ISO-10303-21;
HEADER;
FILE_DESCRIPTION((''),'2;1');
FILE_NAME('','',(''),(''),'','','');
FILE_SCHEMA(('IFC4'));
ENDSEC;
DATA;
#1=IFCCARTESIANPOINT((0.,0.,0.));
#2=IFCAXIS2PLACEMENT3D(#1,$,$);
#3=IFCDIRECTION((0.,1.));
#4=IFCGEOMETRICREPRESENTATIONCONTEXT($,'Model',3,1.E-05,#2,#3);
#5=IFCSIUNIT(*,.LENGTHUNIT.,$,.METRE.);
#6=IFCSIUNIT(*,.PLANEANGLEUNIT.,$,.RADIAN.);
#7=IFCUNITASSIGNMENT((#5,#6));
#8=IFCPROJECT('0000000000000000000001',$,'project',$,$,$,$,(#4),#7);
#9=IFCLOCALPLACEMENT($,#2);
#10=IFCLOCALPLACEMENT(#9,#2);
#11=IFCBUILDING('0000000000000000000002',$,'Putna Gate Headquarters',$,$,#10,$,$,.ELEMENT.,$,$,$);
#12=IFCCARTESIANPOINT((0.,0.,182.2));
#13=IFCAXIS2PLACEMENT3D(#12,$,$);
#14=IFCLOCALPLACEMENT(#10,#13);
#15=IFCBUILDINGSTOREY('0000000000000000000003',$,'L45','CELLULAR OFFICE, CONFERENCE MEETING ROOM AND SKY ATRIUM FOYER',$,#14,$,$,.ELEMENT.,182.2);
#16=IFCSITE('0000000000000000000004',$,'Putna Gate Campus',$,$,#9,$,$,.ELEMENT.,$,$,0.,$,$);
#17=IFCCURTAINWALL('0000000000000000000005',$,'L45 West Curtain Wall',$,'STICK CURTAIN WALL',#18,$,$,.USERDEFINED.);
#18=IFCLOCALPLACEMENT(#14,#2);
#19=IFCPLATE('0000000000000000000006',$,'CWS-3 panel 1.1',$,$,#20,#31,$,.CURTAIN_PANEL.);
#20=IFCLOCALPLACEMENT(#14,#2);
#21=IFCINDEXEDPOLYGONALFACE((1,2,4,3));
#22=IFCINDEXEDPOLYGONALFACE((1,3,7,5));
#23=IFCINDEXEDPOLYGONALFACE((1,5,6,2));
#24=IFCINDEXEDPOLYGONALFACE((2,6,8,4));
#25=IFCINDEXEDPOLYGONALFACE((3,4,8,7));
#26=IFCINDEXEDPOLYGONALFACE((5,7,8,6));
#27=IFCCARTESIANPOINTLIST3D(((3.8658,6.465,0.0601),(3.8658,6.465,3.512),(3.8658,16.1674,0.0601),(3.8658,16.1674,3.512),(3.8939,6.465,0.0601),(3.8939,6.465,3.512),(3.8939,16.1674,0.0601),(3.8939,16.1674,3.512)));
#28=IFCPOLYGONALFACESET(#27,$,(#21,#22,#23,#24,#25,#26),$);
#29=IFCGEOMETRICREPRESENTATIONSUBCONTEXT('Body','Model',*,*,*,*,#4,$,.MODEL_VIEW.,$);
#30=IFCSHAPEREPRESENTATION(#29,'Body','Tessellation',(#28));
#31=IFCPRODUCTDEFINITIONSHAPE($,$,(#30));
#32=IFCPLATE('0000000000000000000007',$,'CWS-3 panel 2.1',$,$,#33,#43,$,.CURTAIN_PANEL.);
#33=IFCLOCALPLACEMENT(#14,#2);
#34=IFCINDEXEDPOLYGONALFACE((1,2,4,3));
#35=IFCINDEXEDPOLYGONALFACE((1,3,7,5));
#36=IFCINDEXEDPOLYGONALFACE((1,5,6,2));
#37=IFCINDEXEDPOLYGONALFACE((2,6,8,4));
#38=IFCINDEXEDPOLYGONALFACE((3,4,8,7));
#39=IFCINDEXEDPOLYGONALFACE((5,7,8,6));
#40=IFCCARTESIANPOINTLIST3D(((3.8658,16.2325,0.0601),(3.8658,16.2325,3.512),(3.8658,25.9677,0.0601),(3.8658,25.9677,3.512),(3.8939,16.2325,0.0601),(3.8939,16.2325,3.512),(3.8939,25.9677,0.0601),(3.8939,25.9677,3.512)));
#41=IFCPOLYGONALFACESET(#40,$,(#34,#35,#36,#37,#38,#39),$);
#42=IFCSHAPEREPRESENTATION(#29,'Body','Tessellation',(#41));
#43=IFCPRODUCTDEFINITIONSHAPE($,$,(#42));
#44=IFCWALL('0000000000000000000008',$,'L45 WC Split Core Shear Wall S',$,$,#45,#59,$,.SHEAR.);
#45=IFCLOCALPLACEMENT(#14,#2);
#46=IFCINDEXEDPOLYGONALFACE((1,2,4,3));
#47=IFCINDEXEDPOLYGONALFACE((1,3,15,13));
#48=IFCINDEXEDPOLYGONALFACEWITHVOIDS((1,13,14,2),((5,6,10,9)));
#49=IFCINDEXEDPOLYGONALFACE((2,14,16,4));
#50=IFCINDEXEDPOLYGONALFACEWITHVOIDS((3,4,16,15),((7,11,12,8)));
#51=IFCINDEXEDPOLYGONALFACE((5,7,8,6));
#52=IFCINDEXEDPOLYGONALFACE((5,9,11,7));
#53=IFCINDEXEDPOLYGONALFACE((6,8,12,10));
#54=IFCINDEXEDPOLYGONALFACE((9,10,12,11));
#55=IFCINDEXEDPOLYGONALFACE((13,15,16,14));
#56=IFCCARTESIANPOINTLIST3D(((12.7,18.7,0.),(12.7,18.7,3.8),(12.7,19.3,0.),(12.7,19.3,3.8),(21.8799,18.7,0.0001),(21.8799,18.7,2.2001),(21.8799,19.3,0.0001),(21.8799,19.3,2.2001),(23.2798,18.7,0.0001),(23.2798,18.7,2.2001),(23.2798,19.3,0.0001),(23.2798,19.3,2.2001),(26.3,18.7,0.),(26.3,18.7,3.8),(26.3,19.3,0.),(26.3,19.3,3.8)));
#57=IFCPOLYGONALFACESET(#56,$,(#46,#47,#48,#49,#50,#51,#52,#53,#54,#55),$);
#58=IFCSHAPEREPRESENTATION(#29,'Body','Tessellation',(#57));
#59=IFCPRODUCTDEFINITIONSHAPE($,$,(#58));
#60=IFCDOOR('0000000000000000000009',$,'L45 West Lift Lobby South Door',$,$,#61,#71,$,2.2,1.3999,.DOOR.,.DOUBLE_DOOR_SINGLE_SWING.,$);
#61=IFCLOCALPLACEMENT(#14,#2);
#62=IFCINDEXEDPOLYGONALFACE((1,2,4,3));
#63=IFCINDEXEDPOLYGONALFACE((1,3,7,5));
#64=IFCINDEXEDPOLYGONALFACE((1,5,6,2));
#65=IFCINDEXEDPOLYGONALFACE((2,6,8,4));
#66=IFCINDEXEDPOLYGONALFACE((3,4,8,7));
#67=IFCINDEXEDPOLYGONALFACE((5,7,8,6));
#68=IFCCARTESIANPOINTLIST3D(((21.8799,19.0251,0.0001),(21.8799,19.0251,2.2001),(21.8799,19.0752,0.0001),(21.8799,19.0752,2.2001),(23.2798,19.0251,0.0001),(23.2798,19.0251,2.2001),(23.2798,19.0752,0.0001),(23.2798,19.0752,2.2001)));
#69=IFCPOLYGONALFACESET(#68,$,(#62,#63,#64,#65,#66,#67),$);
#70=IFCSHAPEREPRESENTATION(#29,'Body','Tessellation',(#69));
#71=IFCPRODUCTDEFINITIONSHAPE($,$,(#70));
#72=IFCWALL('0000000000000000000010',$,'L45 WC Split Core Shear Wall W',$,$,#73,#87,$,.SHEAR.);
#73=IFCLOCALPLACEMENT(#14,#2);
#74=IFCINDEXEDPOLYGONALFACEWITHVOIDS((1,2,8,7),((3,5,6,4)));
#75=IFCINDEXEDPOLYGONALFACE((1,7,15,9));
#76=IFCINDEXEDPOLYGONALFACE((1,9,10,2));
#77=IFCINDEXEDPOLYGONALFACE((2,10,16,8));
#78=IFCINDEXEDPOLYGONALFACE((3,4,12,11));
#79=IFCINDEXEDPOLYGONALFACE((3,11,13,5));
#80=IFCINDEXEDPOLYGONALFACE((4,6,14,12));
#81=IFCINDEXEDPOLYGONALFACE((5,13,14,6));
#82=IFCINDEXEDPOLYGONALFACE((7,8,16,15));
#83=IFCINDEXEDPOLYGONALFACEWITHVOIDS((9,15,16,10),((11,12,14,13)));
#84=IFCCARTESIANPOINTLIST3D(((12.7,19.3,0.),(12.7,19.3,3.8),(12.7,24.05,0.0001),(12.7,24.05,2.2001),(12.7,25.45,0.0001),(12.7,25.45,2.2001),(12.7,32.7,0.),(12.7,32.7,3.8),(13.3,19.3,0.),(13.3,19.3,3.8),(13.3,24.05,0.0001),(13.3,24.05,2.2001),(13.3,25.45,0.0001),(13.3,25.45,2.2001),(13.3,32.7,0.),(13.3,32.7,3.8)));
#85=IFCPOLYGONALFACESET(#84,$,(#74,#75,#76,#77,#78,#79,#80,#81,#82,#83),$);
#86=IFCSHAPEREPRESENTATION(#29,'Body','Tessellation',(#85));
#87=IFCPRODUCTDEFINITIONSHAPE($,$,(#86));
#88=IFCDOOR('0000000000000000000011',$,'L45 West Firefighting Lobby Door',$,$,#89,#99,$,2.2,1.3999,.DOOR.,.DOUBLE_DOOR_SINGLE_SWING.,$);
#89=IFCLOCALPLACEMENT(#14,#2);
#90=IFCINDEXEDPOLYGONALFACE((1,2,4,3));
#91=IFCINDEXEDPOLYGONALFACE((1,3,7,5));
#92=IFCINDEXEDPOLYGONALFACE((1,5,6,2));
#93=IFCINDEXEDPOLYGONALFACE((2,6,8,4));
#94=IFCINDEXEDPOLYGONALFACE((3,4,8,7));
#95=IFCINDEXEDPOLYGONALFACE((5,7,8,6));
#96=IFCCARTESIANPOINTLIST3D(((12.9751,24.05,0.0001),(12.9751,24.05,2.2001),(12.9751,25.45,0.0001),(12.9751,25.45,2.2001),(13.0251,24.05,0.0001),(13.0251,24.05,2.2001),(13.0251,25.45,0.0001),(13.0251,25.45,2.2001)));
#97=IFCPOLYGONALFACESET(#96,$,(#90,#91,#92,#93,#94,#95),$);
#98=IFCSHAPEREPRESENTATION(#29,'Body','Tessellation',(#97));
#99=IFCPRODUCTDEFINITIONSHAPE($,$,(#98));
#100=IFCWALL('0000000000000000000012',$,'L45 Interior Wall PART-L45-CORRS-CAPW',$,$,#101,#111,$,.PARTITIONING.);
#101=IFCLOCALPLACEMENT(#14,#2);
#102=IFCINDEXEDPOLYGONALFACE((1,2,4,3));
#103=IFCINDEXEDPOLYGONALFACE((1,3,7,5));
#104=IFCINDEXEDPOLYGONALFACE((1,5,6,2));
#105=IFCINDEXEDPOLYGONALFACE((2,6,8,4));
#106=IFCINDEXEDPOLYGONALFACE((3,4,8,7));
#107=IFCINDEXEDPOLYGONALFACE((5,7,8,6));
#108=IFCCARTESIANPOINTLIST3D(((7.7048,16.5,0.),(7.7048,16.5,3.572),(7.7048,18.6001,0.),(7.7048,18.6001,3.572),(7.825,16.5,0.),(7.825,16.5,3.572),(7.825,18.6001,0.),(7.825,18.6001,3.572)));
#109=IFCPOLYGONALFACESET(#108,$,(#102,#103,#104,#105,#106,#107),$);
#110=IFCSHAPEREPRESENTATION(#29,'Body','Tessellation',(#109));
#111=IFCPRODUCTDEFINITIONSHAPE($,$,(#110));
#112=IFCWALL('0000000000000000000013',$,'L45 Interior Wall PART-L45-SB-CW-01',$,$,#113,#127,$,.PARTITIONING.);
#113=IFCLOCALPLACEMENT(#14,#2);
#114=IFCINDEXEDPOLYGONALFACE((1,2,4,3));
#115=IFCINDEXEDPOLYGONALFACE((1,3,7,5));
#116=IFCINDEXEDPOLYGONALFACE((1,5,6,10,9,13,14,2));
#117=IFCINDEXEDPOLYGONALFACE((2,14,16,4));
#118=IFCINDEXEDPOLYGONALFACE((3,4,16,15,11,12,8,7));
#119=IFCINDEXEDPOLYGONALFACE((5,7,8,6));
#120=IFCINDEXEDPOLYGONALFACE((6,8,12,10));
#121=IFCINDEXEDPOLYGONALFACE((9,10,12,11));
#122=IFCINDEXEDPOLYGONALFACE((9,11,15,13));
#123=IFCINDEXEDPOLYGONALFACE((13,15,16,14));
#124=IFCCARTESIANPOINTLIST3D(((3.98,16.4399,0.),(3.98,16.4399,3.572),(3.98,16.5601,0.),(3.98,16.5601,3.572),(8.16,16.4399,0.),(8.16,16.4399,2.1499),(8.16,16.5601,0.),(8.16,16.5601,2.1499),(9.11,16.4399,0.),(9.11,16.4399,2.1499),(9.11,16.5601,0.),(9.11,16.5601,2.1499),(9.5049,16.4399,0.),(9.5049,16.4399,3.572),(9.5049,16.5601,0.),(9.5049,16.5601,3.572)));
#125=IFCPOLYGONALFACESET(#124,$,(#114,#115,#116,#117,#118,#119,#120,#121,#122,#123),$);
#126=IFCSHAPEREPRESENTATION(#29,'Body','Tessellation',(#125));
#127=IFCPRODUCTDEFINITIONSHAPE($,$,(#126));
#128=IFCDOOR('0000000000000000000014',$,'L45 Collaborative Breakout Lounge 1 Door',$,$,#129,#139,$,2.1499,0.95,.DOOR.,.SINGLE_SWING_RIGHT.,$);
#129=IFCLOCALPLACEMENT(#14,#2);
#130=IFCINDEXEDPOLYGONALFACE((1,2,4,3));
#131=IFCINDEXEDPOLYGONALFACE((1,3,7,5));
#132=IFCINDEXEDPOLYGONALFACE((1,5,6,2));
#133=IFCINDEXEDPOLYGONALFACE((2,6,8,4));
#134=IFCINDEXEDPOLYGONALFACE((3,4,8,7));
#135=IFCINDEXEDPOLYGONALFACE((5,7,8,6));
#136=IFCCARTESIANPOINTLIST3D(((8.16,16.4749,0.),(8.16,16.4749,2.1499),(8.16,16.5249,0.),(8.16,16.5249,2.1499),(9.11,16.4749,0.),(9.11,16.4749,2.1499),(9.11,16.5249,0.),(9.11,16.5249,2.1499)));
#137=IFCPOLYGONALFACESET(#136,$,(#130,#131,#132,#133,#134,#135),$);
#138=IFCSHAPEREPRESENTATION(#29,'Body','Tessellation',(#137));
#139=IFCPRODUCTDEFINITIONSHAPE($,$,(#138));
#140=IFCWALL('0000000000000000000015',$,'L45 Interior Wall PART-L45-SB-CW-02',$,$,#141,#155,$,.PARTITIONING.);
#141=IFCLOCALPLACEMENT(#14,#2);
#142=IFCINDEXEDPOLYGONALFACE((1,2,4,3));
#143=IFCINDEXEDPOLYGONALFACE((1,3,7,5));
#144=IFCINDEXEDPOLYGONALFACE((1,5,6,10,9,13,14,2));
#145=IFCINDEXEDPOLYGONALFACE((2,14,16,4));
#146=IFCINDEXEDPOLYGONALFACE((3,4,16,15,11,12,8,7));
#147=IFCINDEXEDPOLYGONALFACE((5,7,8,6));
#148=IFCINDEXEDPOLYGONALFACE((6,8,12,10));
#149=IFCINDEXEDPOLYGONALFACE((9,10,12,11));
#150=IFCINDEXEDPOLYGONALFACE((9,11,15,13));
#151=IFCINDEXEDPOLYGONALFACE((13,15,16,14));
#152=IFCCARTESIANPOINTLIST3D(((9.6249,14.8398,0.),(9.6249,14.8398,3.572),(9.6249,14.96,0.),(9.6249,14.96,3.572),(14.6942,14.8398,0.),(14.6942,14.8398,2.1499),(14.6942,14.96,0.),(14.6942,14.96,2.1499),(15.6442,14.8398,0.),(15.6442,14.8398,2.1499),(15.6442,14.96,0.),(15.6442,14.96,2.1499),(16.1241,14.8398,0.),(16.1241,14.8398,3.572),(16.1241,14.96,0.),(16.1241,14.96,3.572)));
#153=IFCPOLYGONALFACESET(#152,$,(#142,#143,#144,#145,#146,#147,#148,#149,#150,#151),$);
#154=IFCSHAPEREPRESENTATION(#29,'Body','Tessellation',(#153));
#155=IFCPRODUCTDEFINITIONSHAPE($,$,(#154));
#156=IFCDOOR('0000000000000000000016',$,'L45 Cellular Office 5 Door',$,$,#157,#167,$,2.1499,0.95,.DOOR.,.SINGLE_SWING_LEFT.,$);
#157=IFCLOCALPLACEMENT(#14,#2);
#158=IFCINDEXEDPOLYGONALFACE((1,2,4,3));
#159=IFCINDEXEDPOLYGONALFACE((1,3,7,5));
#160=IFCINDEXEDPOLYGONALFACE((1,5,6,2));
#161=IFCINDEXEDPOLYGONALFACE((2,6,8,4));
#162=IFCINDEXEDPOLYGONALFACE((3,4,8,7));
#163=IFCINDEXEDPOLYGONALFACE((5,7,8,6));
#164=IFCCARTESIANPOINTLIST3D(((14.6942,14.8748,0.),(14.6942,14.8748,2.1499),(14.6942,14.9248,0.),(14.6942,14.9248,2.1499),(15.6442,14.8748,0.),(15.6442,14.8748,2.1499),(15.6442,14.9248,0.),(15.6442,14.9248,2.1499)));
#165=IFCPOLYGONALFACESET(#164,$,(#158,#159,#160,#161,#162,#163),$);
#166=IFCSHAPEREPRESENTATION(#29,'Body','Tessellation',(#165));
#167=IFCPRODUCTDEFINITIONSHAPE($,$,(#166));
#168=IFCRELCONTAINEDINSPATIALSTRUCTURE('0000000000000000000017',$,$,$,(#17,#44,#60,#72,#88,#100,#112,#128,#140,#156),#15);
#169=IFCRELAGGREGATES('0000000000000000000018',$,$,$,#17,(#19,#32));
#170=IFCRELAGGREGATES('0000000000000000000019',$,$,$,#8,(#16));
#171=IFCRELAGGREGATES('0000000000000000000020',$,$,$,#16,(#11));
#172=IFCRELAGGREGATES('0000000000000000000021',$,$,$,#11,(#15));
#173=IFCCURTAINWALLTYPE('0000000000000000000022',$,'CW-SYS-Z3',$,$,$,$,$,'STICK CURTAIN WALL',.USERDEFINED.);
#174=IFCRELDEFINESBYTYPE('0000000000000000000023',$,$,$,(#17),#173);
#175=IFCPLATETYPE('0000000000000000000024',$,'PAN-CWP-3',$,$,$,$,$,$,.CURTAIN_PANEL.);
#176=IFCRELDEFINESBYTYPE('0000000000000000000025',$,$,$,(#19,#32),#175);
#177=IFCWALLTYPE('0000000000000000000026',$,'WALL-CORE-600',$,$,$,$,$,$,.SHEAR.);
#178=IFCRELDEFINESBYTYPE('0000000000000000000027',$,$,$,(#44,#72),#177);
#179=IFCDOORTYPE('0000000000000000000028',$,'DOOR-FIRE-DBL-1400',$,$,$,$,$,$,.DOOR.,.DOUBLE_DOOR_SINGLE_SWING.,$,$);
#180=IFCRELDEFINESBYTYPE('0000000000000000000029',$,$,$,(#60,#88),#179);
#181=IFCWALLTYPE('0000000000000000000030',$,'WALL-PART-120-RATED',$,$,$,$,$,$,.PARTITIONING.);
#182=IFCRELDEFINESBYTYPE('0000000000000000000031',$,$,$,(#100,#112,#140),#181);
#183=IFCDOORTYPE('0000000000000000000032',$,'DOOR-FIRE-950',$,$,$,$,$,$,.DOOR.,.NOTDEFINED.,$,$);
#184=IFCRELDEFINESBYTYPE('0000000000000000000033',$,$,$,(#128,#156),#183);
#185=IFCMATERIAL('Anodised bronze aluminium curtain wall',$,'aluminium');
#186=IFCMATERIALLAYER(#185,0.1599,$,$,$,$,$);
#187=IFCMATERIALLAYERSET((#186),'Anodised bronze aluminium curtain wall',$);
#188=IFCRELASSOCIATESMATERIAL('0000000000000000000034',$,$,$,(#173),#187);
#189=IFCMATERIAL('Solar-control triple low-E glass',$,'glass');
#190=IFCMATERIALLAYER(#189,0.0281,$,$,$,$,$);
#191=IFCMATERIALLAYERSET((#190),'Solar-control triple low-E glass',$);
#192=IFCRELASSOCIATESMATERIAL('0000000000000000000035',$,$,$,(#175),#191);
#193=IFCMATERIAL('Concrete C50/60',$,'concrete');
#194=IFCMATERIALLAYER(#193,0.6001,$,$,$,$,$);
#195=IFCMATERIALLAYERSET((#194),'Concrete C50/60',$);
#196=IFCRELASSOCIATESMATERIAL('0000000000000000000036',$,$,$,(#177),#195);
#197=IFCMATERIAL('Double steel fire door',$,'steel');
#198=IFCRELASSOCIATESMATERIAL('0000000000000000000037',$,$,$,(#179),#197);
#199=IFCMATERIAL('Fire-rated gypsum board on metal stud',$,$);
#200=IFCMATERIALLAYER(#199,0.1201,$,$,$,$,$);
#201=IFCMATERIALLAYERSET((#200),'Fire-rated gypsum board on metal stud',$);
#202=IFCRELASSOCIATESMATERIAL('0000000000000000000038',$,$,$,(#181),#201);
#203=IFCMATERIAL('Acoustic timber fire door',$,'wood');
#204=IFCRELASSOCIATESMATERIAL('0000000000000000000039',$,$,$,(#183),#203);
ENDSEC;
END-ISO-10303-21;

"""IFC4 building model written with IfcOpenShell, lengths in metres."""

from ifc_helpers import new_model, si_unit, direction, frame, frame_2d, origin, origin_2d, place, context, subcontext, project, spatial, rectangle, extrude, material, layer, layer_set, type_object, element, fill, aggregate, save


model = new_model("IFC4")

# Units and contexts
model_context = context("Model", 3, precision=1e-05, world=origin(), true_north=direction((0.0, 1.0)))
body_context = subcontext(model_context, "Body", "Model", "MODEL_VIEW")
ifc_project = project(units=[si_unit("LENGTHUNIT", "METRE"), si_unit("PLANEANGLEUNIT", "RADIAN")], contexts=[model_context])

# Site, building, storey
site_placement = place(None, origin())
site = spatial("IfcSite", under=ifc_project, at=site_placement, Name="Putna Gate Campus", CompositionType="ELEMENT", RefElevation=0.0)
building_placement = place(site_placement, origin())
building = spatial("IfcBuilding", under=site, at=building_placement, Name="Putna Gate Headquarters", CompositionType="ELEMENT")
storey_placement = place(building_placement, frame((0.0, 0.0, 182.2)))
storey = spatial("IfcBuildingStorey", under=building, at=storey_placement, Name="L45", Description="CELLULAR OFFICE, CONFERENCE MEETING ROOM AND SKY ATRIUM FOYER", CompositionType="ELEMENT", Elevation=182.2)

# Shared definitions
ifc_material_1 = material(Name="Concrete C50/60", Category="concrete")

# Curtain wall, plates
ifc_material_2 = material(Name="Anodised bronze aluminium curtain wall", Category="aluminium")
ifc_layer_1 = layer(ifc_material_2, 0.1599)
ifc_layer_set_1 = layer_set([ifc_layer_1], Name="Anodised bronze aluminium curtain wall")
curtain_wall_type = type_object("IfcCurtainWallType", Name="CW-SYS-Z3", ElementType="STICK CURTAIN WALL", PredefinedType="USERDEFINED", material=ifc_layer_set_1)
curtain_wall_placement = place(storey_placement, origin())
curtain_wall = element("IfcCurtainWall", 1, at=curtain_wall_placement, inside=storey, type_object=curtain_wall_type, Name="L45 West Curtain Wall", ObjectType="STICK CURTAIN WALL", PredefinedType="USERDEFINED")
ifc_material_3 = material(Name="Solar-control triple low-E glass", Category="glass")
ifc_layer_2 = layer(ifc_material_3, 0.0281)
ifc_layer_set_2 = layer_set([ifc_layer_2], Name="Solar-control triple low-E glass")
plate_type = type_object("IfcPlateType", Name="PAN-CWP-3", PredefinedType="CURTAIN_PANEL", material=ifc_layer_set_2)
plate_1_placement = place(storey_placement, frame((3.8799, 11.3162, 0.0601), z_axis=(0.0, 0.0, 1.0), x_axis=(0.0, 1.0, 0.0)))
plate_1 = element("IfcPlate", 2, at=plate_1_placement, type_object=plate_type, Name="CWS-3 panel 1.1", PredefinedType="CURTAIN_PANEL", context=body_context, shape_type="SweptSolid", body=[
    extrude(rectangle(XDim=9.7024, YDim=0.0281, at=origin_2d()), origin(), (0.0, 0.0, 1.0), 3.4519),
])
plate_2_placement = place(storey_placement, frame((3.8799, 21.1001, 0.0601), z_axis=(0.0, 0.0, 1.0), x_axis=(0.0, 1.0, 0.0)))
plate_2 = element("IfcPlate", 3, at=plate_2_placement, type_object=plate_type, Name="CWS-3 panel 2.1", PredefinedType="CURTAIN_PANEL", context=body_context, shape_type="SweptSolid", body=[
    extrude(rectangle(XDim=9.7351, YDim=0.0281, at=origin_2d()), origin(), (0.0, 0.0, 1.0), 3.4519),
])
aggregate(curtain_wall, [plate_1, plate_2])

# Walls, openings, doors
ifc_layer_3 = layer(ifc_material_1, 0.6001)
ifc_layer_set_3 = layer_set([ifc_layer_3], Name="Concrete C50/60")
wall_type_1 = type_object("IfcWallType", Name="WALL-CORE-600", PredefinedType="SHEAR", material=ifc_layer_set_3)
wall_1_placement = place(storey_placement, frame((12.7, 19.0, 0.0), z_axis=(0.0, 0.0, 1.0), x_axis=(1.0, 0.0, 0.0)))
wall_1 = element("IfcWall", 4, at=wall_1_placement, inside=storey, type_object=wall_type_1, Name="L45 WC Split Core Shear Wall S", PredefinedType="SHEAR", context=body_context, shape_type="SweptSolid", body=[
    extrude(rectangle(XDim=13.6001, YDim=0.6001, at=frame_2d((6.8, 0.0))), origin(), (0.0, 0.0, 1.0), 3.8),
])
opening_1_placement = place(wall_1_placement, frame((9.1799, 0.0, 0.0)))
opening_1 = element("IfcOpeningElement", 5, at=opening_1_placement, cuts=wall_1, PredefinedType="OPENING", context=body_context, shape_type="SweptSolid", body=[
    extrude(rectangle(XDim=1.3999, YDim=2.2, at=frame_2d((0.7, 1.1001))), frame((0.0, 0.3101, 0.0), z_axis=(0.0, -1.0, 0.0), x_axis=(1.0, 0.0, 0.0)), (0.0, 0.0, 1.0), 0.6201),
])
ifc_material_4 = material(Name="Double steel fire door", Category="steel")
door_type_1 = type_object("IfcDoorType", Name="DOOR-FIRE-DBL-1400", OperationType="DOUBLE_DOOR_SINGLE_SWING", PredefinedType="DOOR", material=ifc_material_4)
door_1_placement = place(opening_1_placement, origin())
door_1 = element("IfcDoor", 6, at=door_1_placement, inside=storey, type_object=door_type_1, Name="L45 West Lift Lobby South Door", OperationType="DOUBLE_DOOR_SINGLE_SWING", OverallHeight=2.2, OverallWidth=1.3999, PredefinedType="DOOR", context=body_context, shape_type="SweptSolid", body=[
    extrude(rectangle(XDim=1.3999, YDim=2.2, at=frame_2d((0.7, 1.1001))), frame((0.0, 0.0752, 0.0), z_axis=(0.0, -1.0, 0.0), x_axis=(1.0, 0.0, 0.0)), (0.0, 0.0, 1.0), 0.05),
])
fill(opening_1, door_1)
wall_2_placement = place(storey_placement, frame((13.0, 19.3, 0.0), z_axis=(0.0, 0.0, 1.0), x_axis=(0.0, 1.0, 0.0)))
wall_2 = element("IfcWall", 7, at=wall_2_placement, inside=storey, type_object=wall_type_1, Name="L45 WC Split Core Shear Wall W", PredefinedType="SHEAR", context=body_context, shape_type="SweptSolid", body=[
    extrude(rectangle(XDim=13.3999, YDim=0.6001, at=frame_2d((6.7, 0.0))), origin(), (0.0, 0.0, 1.0), 3.8),
])
opening_2_placement = place(wall_2_placement, frame((4.75, 0.0, 0.0)))
opening_2 = element("IfcOpeningElement", 8, at=opening_2_placement, cuts=wall_2, PredefinedType="OPENING", context=body_context, shape_type="SweptSolid", body=[
    extrude(rectangle(XDim=1.3999, YDim=2.2, at=frame_2d((0.7, 1.1001))), frame((0.0, 0.3101, 0.0), z_axis=(0.0, -1.0, 0.0), x_axis=(1.0, 0.0, 0.0)), (0.0, 0.0, 1.0), 0.6201),
])
door_2_placement = place(opening_2_placement, origin())
door_2 = element("IfcDoor", 9, at=door_2_placement, inside=storey, type_object=door_type_1, Name="L45 West Firefighting Lobby Door", OperationType="DOUBLE_DOOR_SINGLE_SWING", OverallHeight=2.2, OverallWidth=1.3999, PredefinedType="DOOR", context=body_context, shape_type="SweptSolid", body=[
    extrude(rectangle(XDim=1.3999, YDim=2.2, at=frame_2d((0.7, 1.1001))), frame((0.0, 0.0249, 0.0), z_axis=(0.0, -1.0, 0.0), x_axis=(1.0, 0.0, 0.0)), (0.0, 0.0, 1.0), 0.05),
])
fill(opening_2, door_2)

# Wall
ifc_material_5 = material(Name="Fire-rated gypsum board on metal stud")
ifc_layer_4 = layer(ifc_material_5, 0.1201)
ifc_layer_set_4 = layer_set([ifc_layer_4], Name="Fire-rated gypsum board on metal stud")
wall_type_2 = type_object("IfcWallType", Name="WALL-PART-120-RATED", PredefinedType="PARTITIONING", material=ifc_layer_set_4)
wall_3_placement = place(storey_placement, frame((7.7649, 16.5, 0.0), z_axis=(0.0, 0.0, 1.0), x_axis=(0.0, 1.0, 0.0)))
element("IfcWall", 10, at=wall_3_placement, inside=storey, type_object=wall_type_2, Name="L45 Interior Wall PART-L45-CORRS-CAPW", PredefinedType="PARTITIONING", context=body_context, shape_type="SweptSolid", body=[
    extrude(rectangle(XDim=2.1001, YDim=0.1201, at=frame_2d((1.05, 0.0))), origin(), (0.0, 0.0, 1.0), 3.572),
])

# Walls, openings, doors
wall_4_placement = place(storey_placement, frame((3.98, 16.5, 0.0), z_axis=(0.0, 0.0, 1.0), x_axis=(1.0, 0.0, 0.0)))
wall_4 = element("IfcWall", 11, at=wall_4_placement, inside=storey, type_object=wall_type_2, Name="L45 Interior Wall PART-L45-SB-CW-01", PredefinedType="PARTITIONING", context=body_context, shape_type="SweptSolid", body=[
    extrude(rectangle(XDim=5.5249, YDim=0.1201, at=frame_2d((2.7625, 0.0))), origin(), (0.0, 0.0, 1.0), 3.572),
])
opening_3_placement = place(wall_4_placement, frame((4.1799, 0.0, 0.0)))
opening_3 = element("IfcOpeningElement", 12, at=opening_3_placement, cuts=wall_4, PredefinedType="OPENING", context=body_context, shape_type="SweptSolid", body=[
    extrude(rectangle(XDim=0.95, YDim=2.1499, at=frame_2d((0.4751, 1.075))), frame((0.0, 0.0701, 0.0), z_axis=(0.0, -1.0, 0.0), x_axis=(1.0, 0.0, 0.0)), (0.0, 0.0, 1.0), 0.1401),
])
ifc_material_6 = material(Name="Acoustic timber fire door", Category="wood")
door_type_2 = type_object("IfcDoorType", Name="DOOR-FIRE-950", OperationType="NOTDEFINED", PredefinedType="DOOR", material=ifc_material_6)
door_3_placement = place(opening_3_placement, origin())
door_3 = element("IfcDoor", 13, at=door_3_placement, inside=storey, type_object=door_type_2, Name="L45 Collaborative Breakout Lounge 1 Door", OperationType="SINGLE_SWING_RIGHT", OverallHeight=2.1499, OverallWidth=0.95, PredefinedType="DOOR", context=body_context, shape_type="SweptSolid", body=[
    extrude(rectangle(XDim=0.95, YDim=2.1499, at=frame_2d((0.4751, 1.075))), frame((0.0, 0.0249, 0.0), z_axis=(0.0, -1.0, 0.0), x_axis=(1.0, 0.0, 0.0)), (0.0, 0.0, 1.0), 0.05),
])
fill(opening_3, door_3)
wall_5_placement = place(storey_placement, frame((9.625, 14.8999, 0.0), z_axis=(0.0, 0.0, 1.0), x_axis=(1.0, 0.0, 0.0)))
wall_5 = element("IfcWall", 14, at=wall_5_placement, inside=storey, type_object=wall_type_2, Name="L45 Interior Wall PART-L45-SB-CW-02", PredefinedType="PARTITIONING", context=body_context, shape_type="SweptSolid", body=[
    extrude(rectangle(XDim=6.4993, YDim=0.1201, at=frame_2d((3.2495, 0.0))), origin(), (0.0, 0.0, 1.0), 3.572),
])
opening_4_placement = place(wall_5_placement, frame((5.0691, 0.0, 0.0)))
opening_4 = element("IfcOpeningElement", 15, at=opening_4_placement, cuts=wall_5, PredefinedType="OPENING", context=body_context, shape_type="SweptSolid", body=[
    extrude(rectangle(XDim=0.95, YDim=2.1499, at=frame_2d((0.4751, 1.075))), frame((0.0, 0.0701, 0.0), z_axis=(0.0, -1.0, 0.0), x_axis=(1.0, 0.0, 0.0)), (0.0, 0.0, 1.0), 0.1401),
])
door_4_placement = place(opening_4_placement, origin())
door_4 = element("IfcDoor", 16, at=door_4_placement, inside=storey, type_object=door_type_2, Name="L45 Cellular Office 5 Door", OperationType="SINGLE_SWING_LEFT", OverallHeight=2.1499, OverallWidth=0.95, PredefinedType="DOOR", context=body_context, shape_type="SweptSolid", body=[
    extrude(rectangle(XDim=0.95, YDim=2.1499, at=frame_2d((0.4751, 1.075))), frame((0.0, 0.0249, 0.0), z_axis=(0.0, -1.0, 0.0), x_axis=(1.0, 0.0, 0.0)), (0.0, 0.0, 1.0), 0.05),
])
fill(opening_4, door_4)

save(model, "model.ifc")
